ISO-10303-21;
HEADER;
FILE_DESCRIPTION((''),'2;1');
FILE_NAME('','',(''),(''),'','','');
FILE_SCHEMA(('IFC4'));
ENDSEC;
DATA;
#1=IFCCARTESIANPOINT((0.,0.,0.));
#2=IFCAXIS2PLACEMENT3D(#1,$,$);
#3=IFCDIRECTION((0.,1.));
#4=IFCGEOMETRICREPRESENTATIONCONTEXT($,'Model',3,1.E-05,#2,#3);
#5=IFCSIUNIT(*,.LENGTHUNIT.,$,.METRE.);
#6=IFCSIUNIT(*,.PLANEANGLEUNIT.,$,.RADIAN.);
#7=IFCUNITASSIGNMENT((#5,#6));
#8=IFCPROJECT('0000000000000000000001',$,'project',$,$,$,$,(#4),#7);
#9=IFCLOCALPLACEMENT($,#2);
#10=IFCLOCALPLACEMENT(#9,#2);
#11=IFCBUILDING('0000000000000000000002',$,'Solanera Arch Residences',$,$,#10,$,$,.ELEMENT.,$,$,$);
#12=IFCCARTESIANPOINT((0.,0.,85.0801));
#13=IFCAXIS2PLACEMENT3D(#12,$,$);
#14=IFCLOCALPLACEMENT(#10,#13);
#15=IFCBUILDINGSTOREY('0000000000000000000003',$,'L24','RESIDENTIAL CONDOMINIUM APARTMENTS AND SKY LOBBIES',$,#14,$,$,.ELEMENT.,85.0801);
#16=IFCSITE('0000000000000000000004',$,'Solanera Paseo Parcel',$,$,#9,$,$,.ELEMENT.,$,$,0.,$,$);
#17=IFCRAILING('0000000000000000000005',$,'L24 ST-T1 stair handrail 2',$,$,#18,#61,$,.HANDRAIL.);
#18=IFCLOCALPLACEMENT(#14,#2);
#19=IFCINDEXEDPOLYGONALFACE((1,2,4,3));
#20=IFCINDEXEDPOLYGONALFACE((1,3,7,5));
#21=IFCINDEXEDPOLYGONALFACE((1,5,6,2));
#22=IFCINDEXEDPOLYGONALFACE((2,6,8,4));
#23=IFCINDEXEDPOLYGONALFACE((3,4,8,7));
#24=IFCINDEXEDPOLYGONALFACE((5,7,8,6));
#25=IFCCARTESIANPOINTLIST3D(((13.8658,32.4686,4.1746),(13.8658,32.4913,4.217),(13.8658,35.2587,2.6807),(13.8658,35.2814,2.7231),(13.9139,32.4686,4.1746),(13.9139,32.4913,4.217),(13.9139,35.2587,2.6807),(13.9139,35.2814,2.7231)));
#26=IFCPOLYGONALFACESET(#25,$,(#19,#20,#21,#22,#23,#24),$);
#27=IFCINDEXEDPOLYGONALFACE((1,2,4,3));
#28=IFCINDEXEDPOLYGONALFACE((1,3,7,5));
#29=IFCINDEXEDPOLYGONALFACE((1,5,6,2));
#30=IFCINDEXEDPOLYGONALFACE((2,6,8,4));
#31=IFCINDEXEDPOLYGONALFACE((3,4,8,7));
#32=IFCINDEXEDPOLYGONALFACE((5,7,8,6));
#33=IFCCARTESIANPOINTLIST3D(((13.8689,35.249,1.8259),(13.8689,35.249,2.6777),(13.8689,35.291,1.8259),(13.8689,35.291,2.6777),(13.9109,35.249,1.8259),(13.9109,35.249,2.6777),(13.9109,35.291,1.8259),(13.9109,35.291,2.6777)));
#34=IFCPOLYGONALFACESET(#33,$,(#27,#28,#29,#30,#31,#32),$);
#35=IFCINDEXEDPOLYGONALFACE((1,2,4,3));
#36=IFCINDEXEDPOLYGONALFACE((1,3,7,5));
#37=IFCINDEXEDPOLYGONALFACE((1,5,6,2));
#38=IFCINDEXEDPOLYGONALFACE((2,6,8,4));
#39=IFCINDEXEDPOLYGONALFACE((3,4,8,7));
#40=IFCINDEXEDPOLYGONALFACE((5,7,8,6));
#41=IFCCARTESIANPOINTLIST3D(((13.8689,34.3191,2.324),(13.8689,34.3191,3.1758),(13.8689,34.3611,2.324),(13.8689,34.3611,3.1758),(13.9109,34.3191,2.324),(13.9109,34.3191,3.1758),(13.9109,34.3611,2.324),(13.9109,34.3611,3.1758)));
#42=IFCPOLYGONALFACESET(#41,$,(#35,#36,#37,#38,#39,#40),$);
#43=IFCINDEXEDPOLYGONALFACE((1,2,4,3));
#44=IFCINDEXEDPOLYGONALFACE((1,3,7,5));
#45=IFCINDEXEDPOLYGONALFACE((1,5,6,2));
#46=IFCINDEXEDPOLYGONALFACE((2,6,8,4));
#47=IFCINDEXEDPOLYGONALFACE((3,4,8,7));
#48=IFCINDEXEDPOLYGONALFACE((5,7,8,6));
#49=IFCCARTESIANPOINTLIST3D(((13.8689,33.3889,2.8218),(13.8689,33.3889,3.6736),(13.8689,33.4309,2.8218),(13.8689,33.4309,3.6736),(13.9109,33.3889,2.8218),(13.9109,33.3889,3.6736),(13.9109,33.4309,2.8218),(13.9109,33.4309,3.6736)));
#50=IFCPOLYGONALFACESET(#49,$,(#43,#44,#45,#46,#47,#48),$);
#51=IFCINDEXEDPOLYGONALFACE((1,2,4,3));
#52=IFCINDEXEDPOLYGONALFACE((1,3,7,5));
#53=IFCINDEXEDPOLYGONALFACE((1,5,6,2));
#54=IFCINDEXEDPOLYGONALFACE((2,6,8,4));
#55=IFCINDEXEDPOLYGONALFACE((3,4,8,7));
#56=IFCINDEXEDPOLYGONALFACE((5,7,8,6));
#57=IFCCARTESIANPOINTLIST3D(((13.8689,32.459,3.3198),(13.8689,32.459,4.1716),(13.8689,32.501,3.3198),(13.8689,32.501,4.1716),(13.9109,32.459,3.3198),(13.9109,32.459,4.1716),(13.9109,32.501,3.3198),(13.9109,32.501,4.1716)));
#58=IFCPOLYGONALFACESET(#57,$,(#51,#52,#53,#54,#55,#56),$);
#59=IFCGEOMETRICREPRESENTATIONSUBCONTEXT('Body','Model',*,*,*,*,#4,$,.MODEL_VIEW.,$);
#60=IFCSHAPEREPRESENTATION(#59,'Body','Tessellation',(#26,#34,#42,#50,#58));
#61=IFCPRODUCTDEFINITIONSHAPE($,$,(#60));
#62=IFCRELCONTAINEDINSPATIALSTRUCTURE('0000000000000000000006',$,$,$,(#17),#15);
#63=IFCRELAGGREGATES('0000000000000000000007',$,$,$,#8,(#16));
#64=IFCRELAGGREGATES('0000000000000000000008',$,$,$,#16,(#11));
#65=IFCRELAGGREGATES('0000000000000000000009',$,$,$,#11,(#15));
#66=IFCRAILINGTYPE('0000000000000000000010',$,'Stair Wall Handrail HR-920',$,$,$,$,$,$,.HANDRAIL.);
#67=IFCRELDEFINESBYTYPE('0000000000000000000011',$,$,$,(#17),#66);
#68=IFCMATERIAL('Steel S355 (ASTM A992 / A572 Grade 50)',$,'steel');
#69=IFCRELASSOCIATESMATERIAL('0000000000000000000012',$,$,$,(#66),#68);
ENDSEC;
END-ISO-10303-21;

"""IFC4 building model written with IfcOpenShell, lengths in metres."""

from ifc_helpers import new_model, si_unit, direction, frame, origin, origin_2d, place, context, subcontext, project, spatial, rectangle, extrude, material, type_object, element, save


model = new_model("IFC4")

# Units and contexts
model_context = context("Model", 3, precision=1e-05, world=origin(), true_north=direction((0.0, 1.0)))
body_context = subcontext(model_context, "Body", "Model", "MODEL_VIEW")
ifc_project = project(units=[si_unit("LENGTHUNIT", "METRE"), si_unit("PLANEANGLEUNIT", "RADIAN")], contexts=[model_context])

# Site, building, storey
site_placement = place(None, origin())
site = spatial("IfcSite", under=ifc_project, at=site_placement, Name="Solanera Paseo Parcel", CompositionType="ELEMENT", RefElevation=0.0)
building_placement = place(site_placement, origin())
building = spatial("IfcBuilding", under=site, at=building_placement, Name="Solanera Arch Residences", CompositionType="ELEMENT")
storey_placement = place(building_placement, frame((0.0, 0.0, 85.0801)))
storey = spatial("IfcBuildingStorey", under=building, at=storey_placement, Name="L24", Description="RESIDENTIAL CONDOMINIUM APARTMENTS AND SKY LOBBIES", CompositionType="ELEMENT", Elevation=85.0801)

# Railing
ifc_material_1 = material(Name="Steel S355 (ASTM A992 / A572 Grade 50)", Category="steel")
railing_type_1 = type_object("IfcRailingType", Name="Stair Wall Handrail HR-920", PredefinedType="HANDRAIL", material=ifc_material_1)
railing_1_placement = place(storey_placement, frame((13.8899, 35.27, 1.8259)))
element("IfcRailing", 1, at=railing_1_placement, inside=storey, type_object=railing_type_1, Name="L24 ST-T1 stair handrail 2", PredefinedType="HANDRAIL", context=body_context, shape_type="SweptSolid", body=[
    extrude(rectangle(XDim=0.0481, YDim=0.0481, at=origin_2d()), frame((0.0, 0.0, 0.876), z_axis=(0.0, -0.881581, 0.472033), x_axis=(1.0, 0.0, 0.0)), (0.0, 0.0, 1.0), 3.1648),
    extrude(rectangle(XDim=0.042, YDim=0.042, at=origin_2d()), origin(), (0.0, 0.0, 1.0), 0.8518),
    extrude(rectangle(XDim=0.042, YDim=0.042, at=origin_2d()), frame((0.0, -0.9299, 0.498)), (0.0, 0.0, 1.0), 0.8518),
    extrude(rectangle(XDim=0.042, YDim=0.042, at=origin_2d()), frame((0.0, -1.8601, 0.9958)), (0.0, 0.0, 1.0), 0.8518),
    extrude(rectangle(XDim=0.042, YDim=0.042, at=origin_2d()), frame((0.0, -2.79, 1.4939)), (0.0, 0.0, 1.0), 0.8518),
])

save(model, "model.ifc")
